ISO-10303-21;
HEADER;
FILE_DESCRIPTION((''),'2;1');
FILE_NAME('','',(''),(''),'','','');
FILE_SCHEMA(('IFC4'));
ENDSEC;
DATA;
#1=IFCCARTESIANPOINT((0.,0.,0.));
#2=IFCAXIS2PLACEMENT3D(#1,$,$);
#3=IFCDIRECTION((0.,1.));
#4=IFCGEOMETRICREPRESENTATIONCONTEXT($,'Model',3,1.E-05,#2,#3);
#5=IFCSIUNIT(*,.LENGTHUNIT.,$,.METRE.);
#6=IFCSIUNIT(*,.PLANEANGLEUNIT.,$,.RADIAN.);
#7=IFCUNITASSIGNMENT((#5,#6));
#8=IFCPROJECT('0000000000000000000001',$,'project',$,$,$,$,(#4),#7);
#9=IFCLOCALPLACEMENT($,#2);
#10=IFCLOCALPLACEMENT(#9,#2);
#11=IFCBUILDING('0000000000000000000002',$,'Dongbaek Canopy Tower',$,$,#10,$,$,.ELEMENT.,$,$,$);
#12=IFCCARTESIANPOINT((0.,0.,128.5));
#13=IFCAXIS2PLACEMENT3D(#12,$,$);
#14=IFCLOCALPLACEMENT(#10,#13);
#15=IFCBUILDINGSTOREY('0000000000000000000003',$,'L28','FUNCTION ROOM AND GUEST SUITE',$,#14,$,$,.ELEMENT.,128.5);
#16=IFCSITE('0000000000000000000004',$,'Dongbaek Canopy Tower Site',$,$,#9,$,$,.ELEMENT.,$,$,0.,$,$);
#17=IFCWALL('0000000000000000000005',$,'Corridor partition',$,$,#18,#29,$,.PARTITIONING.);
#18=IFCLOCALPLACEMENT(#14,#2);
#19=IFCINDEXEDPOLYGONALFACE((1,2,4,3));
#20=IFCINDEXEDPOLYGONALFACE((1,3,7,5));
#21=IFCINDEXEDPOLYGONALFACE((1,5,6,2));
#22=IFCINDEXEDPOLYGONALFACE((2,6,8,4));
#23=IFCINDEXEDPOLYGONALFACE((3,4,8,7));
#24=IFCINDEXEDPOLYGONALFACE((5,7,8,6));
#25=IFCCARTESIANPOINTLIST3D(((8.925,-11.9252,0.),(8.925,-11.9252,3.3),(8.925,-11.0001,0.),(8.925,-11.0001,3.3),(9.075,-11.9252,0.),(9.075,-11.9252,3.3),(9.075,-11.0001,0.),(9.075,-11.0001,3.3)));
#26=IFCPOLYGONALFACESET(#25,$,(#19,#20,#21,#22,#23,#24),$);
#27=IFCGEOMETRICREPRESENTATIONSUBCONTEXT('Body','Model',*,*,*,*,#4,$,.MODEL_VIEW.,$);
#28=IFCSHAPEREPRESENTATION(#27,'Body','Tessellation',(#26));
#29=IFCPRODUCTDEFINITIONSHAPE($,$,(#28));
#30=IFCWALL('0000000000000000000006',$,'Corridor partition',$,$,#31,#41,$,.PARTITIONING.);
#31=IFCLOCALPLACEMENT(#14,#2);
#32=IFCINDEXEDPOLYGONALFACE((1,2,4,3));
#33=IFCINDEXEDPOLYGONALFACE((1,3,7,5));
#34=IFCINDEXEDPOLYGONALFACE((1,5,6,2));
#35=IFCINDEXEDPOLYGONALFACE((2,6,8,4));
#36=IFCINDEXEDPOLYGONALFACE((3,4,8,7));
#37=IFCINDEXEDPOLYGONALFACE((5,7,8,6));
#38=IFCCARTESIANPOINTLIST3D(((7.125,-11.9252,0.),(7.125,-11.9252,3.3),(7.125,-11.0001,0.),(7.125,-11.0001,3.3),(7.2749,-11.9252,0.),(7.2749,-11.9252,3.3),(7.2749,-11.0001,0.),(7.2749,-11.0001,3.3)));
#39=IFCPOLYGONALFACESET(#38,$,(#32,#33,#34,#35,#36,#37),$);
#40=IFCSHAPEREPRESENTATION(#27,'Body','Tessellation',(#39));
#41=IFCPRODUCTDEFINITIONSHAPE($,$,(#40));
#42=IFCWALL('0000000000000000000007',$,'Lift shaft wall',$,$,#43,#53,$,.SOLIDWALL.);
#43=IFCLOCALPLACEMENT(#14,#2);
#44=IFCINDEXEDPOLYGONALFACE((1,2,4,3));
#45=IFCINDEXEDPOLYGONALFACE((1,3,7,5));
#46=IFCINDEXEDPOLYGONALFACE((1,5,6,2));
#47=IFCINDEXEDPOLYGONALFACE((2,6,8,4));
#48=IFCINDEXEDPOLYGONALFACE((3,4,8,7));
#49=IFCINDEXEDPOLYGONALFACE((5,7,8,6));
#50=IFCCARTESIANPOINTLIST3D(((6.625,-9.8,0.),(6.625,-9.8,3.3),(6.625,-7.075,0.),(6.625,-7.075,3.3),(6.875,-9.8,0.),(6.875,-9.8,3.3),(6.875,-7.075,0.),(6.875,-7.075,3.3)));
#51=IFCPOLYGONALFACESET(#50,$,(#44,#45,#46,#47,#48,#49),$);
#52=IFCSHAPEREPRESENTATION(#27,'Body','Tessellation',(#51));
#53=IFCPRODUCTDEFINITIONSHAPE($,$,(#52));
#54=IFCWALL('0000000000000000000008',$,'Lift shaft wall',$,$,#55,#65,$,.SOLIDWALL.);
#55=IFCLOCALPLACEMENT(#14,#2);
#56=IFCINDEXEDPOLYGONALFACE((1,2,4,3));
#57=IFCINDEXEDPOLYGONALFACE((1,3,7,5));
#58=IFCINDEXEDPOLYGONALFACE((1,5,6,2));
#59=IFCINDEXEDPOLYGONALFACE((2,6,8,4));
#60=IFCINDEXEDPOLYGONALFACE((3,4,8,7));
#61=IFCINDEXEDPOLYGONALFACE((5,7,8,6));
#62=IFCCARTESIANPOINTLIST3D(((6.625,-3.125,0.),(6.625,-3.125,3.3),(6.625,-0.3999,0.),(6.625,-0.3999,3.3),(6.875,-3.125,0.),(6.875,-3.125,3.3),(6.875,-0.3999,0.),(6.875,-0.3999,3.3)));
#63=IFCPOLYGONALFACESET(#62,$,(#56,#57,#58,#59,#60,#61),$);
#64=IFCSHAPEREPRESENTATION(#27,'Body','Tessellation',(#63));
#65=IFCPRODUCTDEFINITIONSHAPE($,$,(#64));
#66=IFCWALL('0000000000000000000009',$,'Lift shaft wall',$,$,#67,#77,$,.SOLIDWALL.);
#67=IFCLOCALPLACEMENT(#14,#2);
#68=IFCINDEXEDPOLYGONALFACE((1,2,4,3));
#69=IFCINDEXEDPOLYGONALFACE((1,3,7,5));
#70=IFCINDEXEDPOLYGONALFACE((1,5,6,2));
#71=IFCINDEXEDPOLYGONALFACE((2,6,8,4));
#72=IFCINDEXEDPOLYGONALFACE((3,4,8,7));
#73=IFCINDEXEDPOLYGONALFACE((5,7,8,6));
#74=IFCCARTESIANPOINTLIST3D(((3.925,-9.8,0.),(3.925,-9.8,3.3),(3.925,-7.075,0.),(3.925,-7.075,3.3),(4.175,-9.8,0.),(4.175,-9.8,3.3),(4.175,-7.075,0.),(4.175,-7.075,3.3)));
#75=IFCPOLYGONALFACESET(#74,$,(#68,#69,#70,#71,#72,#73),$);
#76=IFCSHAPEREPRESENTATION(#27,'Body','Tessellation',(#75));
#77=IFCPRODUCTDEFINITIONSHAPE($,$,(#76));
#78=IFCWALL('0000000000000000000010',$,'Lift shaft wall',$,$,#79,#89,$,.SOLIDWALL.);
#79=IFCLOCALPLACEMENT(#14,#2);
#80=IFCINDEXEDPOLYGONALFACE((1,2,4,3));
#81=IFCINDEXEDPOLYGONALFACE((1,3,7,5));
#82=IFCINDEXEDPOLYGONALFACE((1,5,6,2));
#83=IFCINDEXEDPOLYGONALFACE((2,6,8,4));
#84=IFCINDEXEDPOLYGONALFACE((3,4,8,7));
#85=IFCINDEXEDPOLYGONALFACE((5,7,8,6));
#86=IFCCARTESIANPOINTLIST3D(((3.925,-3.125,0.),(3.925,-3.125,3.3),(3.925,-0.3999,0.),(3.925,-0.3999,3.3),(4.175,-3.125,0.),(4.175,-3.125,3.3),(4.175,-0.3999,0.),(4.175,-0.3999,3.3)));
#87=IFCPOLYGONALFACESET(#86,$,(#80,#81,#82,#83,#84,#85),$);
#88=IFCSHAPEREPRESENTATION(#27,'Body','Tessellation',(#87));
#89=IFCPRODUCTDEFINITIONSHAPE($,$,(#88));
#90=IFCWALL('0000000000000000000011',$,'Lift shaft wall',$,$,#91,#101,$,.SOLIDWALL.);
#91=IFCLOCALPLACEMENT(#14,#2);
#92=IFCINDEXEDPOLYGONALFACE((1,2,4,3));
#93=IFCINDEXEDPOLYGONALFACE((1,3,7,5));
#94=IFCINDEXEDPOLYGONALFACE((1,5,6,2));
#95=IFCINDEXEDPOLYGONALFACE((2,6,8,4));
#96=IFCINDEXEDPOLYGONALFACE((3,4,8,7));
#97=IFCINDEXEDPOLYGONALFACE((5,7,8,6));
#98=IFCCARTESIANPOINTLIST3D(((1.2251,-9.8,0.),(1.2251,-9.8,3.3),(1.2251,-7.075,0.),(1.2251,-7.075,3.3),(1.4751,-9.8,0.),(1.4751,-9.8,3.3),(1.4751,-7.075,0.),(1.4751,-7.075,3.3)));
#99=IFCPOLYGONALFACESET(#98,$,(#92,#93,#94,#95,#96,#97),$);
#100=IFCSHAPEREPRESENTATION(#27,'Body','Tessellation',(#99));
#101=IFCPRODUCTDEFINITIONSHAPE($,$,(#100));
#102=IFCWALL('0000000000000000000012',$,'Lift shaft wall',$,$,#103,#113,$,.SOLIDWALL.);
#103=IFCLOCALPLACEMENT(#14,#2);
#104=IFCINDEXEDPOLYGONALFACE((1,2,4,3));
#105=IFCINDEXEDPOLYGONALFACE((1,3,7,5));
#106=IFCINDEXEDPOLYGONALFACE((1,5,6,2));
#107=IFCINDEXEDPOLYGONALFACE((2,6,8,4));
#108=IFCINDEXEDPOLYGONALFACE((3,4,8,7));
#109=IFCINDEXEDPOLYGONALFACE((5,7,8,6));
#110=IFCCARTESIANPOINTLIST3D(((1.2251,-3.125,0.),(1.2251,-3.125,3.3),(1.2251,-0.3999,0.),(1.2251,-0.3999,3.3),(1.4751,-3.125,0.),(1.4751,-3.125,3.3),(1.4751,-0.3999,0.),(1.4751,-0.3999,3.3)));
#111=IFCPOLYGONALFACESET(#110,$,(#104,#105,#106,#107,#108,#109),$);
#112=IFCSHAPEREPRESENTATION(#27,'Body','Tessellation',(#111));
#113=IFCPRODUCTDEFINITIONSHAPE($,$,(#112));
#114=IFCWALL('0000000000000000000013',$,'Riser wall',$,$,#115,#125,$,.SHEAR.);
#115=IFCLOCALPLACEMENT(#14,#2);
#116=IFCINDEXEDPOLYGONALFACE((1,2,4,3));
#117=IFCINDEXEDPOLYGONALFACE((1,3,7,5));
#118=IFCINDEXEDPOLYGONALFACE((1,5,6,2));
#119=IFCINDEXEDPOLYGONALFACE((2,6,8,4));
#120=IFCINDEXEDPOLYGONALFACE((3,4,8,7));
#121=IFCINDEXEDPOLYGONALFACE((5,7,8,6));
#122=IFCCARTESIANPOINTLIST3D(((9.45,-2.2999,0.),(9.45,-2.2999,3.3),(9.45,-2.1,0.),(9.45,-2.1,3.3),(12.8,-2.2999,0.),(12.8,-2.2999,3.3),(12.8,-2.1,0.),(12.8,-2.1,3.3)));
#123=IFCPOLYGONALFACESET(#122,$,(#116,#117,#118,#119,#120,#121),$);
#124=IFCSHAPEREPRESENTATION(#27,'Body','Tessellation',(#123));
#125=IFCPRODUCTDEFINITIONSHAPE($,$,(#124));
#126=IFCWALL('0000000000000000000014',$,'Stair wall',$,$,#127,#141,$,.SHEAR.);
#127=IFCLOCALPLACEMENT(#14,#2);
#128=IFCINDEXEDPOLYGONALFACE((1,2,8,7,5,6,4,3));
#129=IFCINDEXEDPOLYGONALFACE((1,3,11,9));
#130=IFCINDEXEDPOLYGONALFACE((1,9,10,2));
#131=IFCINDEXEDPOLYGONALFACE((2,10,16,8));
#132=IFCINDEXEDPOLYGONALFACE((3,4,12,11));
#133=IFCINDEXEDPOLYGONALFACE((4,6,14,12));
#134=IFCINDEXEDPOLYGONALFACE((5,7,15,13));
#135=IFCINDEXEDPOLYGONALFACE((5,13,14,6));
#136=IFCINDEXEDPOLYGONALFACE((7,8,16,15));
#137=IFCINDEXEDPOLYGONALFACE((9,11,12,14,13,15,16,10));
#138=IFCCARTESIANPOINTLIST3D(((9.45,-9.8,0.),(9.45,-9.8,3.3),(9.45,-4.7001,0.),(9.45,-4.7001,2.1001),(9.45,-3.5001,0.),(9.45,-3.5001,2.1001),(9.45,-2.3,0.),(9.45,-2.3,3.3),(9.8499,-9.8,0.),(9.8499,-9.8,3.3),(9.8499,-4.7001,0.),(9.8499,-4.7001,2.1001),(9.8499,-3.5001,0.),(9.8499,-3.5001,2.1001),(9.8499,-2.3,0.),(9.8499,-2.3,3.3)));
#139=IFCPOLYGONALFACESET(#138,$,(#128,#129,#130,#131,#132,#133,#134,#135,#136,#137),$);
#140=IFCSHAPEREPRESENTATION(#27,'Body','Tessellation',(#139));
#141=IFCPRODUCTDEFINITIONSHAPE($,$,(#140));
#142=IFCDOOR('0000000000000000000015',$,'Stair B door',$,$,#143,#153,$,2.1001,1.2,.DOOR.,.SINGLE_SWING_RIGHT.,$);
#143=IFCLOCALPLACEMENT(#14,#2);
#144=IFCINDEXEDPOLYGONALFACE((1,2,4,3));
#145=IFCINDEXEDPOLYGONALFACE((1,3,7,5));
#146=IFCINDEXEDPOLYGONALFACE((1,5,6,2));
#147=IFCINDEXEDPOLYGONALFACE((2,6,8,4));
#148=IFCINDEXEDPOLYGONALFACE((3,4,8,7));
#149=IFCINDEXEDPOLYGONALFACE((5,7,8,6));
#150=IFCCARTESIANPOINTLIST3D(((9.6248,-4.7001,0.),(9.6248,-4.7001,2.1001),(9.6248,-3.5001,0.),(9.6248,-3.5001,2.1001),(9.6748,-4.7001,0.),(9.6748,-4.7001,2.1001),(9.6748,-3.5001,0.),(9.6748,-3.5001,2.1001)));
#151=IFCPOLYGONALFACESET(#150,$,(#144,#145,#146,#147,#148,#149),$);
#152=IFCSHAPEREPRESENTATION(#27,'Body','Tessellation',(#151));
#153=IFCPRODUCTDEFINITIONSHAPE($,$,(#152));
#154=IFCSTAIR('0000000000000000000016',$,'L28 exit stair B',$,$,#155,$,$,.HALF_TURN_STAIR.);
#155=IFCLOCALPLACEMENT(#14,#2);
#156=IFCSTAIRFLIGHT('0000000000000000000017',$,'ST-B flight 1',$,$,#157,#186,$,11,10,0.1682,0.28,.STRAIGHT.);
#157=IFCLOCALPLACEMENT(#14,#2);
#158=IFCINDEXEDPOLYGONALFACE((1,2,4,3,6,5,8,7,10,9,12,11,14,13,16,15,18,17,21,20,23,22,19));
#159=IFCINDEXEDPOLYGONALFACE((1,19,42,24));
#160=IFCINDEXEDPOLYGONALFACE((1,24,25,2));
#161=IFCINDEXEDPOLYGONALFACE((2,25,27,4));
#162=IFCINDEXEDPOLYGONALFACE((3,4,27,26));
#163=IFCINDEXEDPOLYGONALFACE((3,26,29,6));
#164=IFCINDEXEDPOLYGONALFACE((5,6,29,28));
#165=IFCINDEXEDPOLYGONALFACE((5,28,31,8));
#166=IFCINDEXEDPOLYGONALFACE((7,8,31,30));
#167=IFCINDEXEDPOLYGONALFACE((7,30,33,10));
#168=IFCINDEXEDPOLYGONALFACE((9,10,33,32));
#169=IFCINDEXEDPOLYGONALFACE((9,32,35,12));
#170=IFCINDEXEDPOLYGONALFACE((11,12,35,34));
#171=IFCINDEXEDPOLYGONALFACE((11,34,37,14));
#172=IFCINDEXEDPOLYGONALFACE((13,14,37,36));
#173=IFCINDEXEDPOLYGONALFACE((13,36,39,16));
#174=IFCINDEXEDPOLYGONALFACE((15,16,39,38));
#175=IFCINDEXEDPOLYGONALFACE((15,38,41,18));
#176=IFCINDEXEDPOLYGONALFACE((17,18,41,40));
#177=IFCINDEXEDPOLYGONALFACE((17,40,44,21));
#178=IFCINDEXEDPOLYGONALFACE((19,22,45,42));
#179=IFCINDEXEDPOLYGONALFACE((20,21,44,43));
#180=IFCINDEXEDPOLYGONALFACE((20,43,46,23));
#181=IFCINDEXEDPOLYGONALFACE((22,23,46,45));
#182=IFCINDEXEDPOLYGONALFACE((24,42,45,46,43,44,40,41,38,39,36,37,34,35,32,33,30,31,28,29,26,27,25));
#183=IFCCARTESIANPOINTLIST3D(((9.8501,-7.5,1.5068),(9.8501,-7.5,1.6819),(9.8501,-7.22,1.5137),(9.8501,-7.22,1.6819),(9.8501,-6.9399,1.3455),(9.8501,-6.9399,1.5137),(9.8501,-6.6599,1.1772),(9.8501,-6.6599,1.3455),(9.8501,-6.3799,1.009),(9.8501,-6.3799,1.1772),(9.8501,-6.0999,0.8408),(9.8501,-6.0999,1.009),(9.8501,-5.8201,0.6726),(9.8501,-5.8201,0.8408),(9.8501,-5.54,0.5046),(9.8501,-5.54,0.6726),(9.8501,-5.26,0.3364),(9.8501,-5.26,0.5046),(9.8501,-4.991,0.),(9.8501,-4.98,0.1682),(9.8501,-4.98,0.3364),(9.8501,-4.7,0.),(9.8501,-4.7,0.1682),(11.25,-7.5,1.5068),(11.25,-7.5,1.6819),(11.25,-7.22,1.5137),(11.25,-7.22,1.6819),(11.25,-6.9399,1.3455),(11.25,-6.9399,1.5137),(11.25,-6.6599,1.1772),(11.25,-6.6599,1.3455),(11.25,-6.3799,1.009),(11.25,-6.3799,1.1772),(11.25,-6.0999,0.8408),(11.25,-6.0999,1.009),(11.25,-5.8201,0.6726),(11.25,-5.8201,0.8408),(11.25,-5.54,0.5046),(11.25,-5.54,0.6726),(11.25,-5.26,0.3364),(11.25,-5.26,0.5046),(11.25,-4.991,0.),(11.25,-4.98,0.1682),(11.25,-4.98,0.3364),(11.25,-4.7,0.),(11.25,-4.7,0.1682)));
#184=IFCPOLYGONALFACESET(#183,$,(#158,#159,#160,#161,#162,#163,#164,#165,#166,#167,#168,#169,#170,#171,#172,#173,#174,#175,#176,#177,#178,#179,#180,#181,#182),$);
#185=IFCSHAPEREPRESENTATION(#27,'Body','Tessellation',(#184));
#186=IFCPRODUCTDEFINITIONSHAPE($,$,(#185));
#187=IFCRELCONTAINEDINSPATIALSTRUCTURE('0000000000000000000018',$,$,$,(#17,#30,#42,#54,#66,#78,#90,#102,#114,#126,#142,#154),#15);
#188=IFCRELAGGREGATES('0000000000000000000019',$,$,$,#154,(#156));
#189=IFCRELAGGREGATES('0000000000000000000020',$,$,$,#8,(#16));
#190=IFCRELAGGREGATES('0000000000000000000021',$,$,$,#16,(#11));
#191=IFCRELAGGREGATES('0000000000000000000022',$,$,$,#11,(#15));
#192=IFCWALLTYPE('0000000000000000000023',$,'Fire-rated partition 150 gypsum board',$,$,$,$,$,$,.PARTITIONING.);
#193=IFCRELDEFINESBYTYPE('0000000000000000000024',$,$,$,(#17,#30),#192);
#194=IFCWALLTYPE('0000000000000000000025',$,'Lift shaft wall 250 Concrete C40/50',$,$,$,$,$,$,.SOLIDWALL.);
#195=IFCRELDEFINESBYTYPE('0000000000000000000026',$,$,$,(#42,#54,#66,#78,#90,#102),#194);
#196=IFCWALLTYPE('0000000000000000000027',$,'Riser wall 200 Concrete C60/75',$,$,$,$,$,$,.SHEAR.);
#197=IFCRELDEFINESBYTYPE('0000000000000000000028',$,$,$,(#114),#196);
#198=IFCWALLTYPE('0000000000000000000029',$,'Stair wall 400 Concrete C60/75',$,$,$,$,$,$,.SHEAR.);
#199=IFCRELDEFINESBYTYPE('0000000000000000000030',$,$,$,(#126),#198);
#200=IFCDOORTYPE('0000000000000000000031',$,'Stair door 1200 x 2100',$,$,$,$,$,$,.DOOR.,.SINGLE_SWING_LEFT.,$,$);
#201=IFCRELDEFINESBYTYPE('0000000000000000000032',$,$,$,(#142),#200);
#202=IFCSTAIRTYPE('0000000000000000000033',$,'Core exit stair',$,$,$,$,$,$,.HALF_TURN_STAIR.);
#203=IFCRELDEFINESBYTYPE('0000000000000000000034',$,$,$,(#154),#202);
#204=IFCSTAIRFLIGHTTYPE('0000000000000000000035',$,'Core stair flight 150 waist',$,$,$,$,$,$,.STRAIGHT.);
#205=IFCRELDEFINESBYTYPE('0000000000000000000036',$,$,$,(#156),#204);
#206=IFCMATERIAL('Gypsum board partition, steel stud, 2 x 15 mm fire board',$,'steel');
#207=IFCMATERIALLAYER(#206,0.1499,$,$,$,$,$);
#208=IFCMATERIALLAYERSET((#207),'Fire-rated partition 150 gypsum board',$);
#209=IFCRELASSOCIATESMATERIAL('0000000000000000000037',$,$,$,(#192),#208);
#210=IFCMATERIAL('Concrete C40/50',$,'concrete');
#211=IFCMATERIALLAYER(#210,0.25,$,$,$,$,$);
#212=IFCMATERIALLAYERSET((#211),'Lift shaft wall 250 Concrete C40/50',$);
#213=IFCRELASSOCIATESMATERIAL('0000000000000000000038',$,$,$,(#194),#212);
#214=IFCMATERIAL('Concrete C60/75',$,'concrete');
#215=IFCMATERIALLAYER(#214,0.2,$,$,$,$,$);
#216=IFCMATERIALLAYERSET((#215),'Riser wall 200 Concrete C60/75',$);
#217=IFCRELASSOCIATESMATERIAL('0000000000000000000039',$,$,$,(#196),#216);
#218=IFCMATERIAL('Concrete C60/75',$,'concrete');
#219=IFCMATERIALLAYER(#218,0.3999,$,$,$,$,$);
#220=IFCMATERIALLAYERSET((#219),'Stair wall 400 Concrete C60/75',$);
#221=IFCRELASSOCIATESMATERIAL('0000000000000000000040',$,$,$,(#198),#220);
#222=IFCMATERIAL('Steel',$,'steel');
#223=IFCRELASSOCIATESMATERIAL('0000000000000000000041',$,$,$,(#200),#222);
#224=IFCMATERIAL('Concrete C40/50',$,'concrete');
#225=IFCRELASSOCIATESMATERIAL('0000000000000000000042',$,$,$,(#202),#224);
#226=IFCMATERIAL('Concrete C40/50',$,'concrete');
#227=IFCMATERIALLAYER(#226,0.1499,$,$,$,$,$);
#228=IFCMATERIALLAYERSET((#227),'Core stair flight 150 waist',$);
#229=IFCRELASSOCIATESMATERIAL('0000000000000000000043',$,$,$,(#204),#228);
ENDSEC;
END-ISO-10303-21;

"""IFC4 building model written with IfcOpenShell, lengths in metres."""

from ifc_helpers import new_model, si_unit, direction, frame, frame_2d, origin, place, context, subcontext, project, spatial, polyline, rectangle, outline, extrude, material, layer, layer_set, type_object, element, fill, aggregate, save


model = new_model("IFC4")

# Units and contexts
model_context = context("Model", 3, precision=1e-05, world=origin(), true_north=direction((0.0, 1.0)))
body_context = subcontext(model_context, "Body", "Model", "MODEL_VIEW")
ifc_project = project(units=[si_unit("LENGTHUNIT", "METRE"), si_unit("PLANEANGLEUNIT", "RADIAN")], contexts=[model_context])

# Site, building, storey
site_placement = place(None, origin())
site = spatial("IfcSite", under=ifc_project, at=site_placement, Name="Dongbaek Canopy Tower Site", CompositionType="ELEMENT", RefElevation=0.0)
building_placement = place(site_placement, origin())
building = spatial("IfcBuilding", under=site, at=building_placement, Name="Dongbaek Canopy Tower", CompositionType="ELEMENT")
storey_placement = place(building_placement, frame((0.0, 0.0, 128.5)))
storey = spatial("IfcBuildingStorey", under=building, at=storey_placement, Name="L28", Description="FUNCTION ROOM AND GUEST SUITE", CompositionType="ELEMENT", Elevation=128.5)

# Walls
ifc_material_1 = material(Name="Gypsum board partition, steel stud, 2 x 15 mm fire board", Category="steel")
ifc_layer_1 = layer(ifc_material_1, 0.1499)
ifc_layer_set_1 = layer_set([ifc_layer_1], Name="Fire-rated partition 150 gypsum board")
wall_type_1 = type_object("IfcWallType", Name="Fire-rated partition 150 gypsum board", PredefinedType="PARTITIONING", material=ifc_layer_set_1)
for number, where, z_axis, x_axis, name in (
    (1, (9.0, -11.925, 0.0), (0.0, 0.0, 1.0), (0.0, 1.0, 0.0), "Corridor partition"),
    (2, (7.2, -11.925, 0.0), (0.0, 0.0, 1.0), (0.0, 1.0, 0.0), "Corridor partition"),
):
    element("IfcWall", number, at=place(storey_placement, frame(where, z_axis=z_axis, x_axis=x_axis)), inside=storey, type_object=wall_type_1, Name=name, PredefinedType="PARTITIONING", context=body_context, shape_type="SweptSolid", body=[
        extrude(rectangle(XDim=0.925, YDim=0.1499, at=frame_2d((0.4624, 0.0))), origin(), (0.0, 0.0, 1.0), 3.3),
    ])
ifc_material_2 = material(Name="Concrete C40/50", Category="concrete")
ifc_layer_2 = layer(ifc_material_2, 0.25)
ifc_layer_set_2 = layer_set([ifc_layer_2], Name="Lift shaft wall 250 Concrete C40/50")
wall_type_2 = type_object("IfcWallType", Name="Lift shaft wall 250 Concrete C40/50", PredefinedType="SOLIDWALL", material=ifc_layer_set_2)
for number, where, z_axis, x_axis, name in (
    (3, (6.75, -9.8, 0.0), (0.0, 0.0, 1.0), (0.0, 1.0, 0.0), "Lift shaft wall"),
    (4, (6.75, -3.125, 0.0), (0.0, 0.0, 1.0), (0.0, 1.0, 0.0), "Lift shaft wall"),
    (5, (4.05, -9.8, 0.0), (0.0, 0.0, 1.0), (0.0, 1.0, 0.0), "Lift shaft wall"),
    (6, (4.05, -3.125, 0.0), (0.0, 0.0, 1.0), (0.0, 1.0, 0.0), "Lift shaft wall"),
    (7, (1.3501, -9.8, 0.0), (0.0, 0.0, 1.0), (0.0, 1.0, 0.0), "Lift shaft wall"),
    (8, (1.3501, -3.125, 0.0), (0.0, 0.0, 1.0), (0.0, 1.0, 0.0), "Lift shaft wall"),
):
    element("IfcWall", number, at=place(storey_placement, frame(where, z_axis=z_axis, x_axis=x_axis)), inside=storey, type_object=wall_type_2, Name=name, PredefinedType="SOLIDWALL", context=body_context, shape_type="SweptSolid", body=[
        extrude(rectangle(XDim=2.7251, YDim=0.25, at=frame_2d((1.3625, 0.0))), origin(), (0.0, 0.0, 1.0), 3.3),
    ])
ifc_material_3 = material(Name="Concrete C60/75", Category="concrete")
ifc_layer_3 = layer(ifc_material_3, 0.2)
ifc_layer_set_3 = layer_set([ifc_layer_3], Name="Riser wall 200 Concrete C60/75")
wall_type_3 = type_object("IfcWallType", Name="Riser wall 200 Concrete C60/75", PredefinedType="SHEAR", material=ifc_layer_set_3)
wall_1_placement = place(storey_placement, frame((9.45, -2.2, 0.0), z_axis=(0.0, 0.0, 1.0), x_axis=(1.0, 0.0, 0.0)))
element("IfcWall", 9, at=wall_1_placement, inside=storey, type_object=wall_type_3, Name="Riser wall", PredefinedType="SHEAR", context=body_context, shape_type="SweptSolid", body=[
    extrude(rectangle(XDim=3.3501, YDim=0.2, at=frame_2d((1.675, 0.0))), origin(), (0.0, 0.0, 1.0), 3.3),
])

# Wall, opening, door
ifc_material_4 = material(Name="Concrete C60/75", Category="concrete")
ifc_layer_4 = layer(ifc_material_4, 0.3999)
ifc_layer_set_4 = layer_set([ifc_layer_4], Name="Stair wall 400 Concrete C60/75")
wall_type_4 = type_object("IfcWallType", Name="Stair wall 400 Concrete C60/75", PredefinedType="SHEAR", material=ifc_layer_set_4)
wall_2_placement = place(storey_placement, frame((9.6499, -2.3, 0.0), z_axis=(0.0, 0.0, 1.0), x_axis=(0.0, -1.0, 0.0)))
wall_2 = element("IfcWall", 10, at=wall_2_placement, inside=storey, type_object=wall_type_4, Name="Stair wall", PredefinedType="SHEAR", context=body_context, shape_type="SweptSolid", body=[
    extrude(rectangle(XDim=7.5, YDim=0.3999, at=frame_2d((3.75, 0.0))), origin(), (0.0, 0.0, 1.0), 3.3),
])
opening_1_placement = place(wall_2_placement, frame((1.2, 0.0, 0.0)))
opening_1 = element("IfcOpeningElement", 11, at=opening_1_placement, cuts=wall_2, PredefinedType="OPENING", context=body_context, shape_type="SweptSolid", body=[
    extrude(rectangle(XDim=1.2, YDim=2.1001, at=frame_2d((0.6001, 1.05))), frame((0.0, 0.21, 0.0), z_axis=(0.0, -1.0, 0.0), x_axis=(1.0, 0.0, 0.0)), (0.0, 0.0, 1.0), 0.4199),
])
ifc_material_5 = material(Name="Steel", Category="steel")
door_type_1 = type_object("IfcDoorType", Name="Stair door 1200 x 2100", OperationType="SINGLE_SWING_LEFT", PredefinedType="DOOR", material=ifc_material_5)
door_1_placement = place(opening_1_placement, origin())
door_1 = element("IfcDoor", 12, at=door_1_placement, inside=storey, type_object=door_type_1, Name="Stair B door", OperationType="SINGLE_SWING_RIGHT", OverallHeight=2.1001, OverallWidth=1.2, PredefinedType="DOOR", context=body_context, shape_type="SweptSolid", body=[
    extrude(rectangle(XDim=1.2, YDim=2.1001, at=frame_2d((0.6001, 1.05))), frame((0.0, 0.0249, 0.0), z_axis=(0.0, -1.0, 0.0), x_axis=(1.0, 0.0, 0.0)), (0.0, 0.0, 1.0), 0.05),
])
fill(opening_1, door_1)

# Stair, stair flight
ifc_material_6 = material(Name="Concrete C40/50", Category="concrete")
stair_type = type_object("IfcStairType", Name="Core exit stair", PredefinedType="HALF_TURN_STAIR", material=ifc_material_6)
stair_placement = place(storey_placement, origin())
stair = element("IfcStair", 13, at=stair_placement, inside=storey, type_object=stair_type, Name="L28 exit stair B", PredefinedType="HALF_TURN_STAIR")
ifc_material_7 = material(Name="Concrete C40/50", Category="concrete")
ifc_layer_5 = layer(ifc_material_7, 0.1499)
ifc_layer_set_5 = layer_set([ifc_layer_5], Name="Core stair flight 150 waist")
stair_flight_type = type_object("IfcStairFlightType", Name="Core stair flight 150 waist", PredefinedType="STRAIGHT", material=ifc_layer_set_5)
stair_flight_1_placement = place(storey_placement, frame((10.55, -4.7, 0.0), z_axis=(0.0, 0.0, 1.0), x_axis=(0.0, -1.0, 0.0)))
stair_flight_1 = element("IfcStairFlight", 14, at=stair_flight_1_placement, type_object=stair_flight_type, Name="ST-B flight 1", NumberOfRisers=11, NumberOfTreads=10, PredefinedType="STRAIGHT", RiserHeight=0.1682, TreadLength=0.28, context=body_context, shape_type="SweptSolid", body=[
    extrude(outline(polyline([(0.0, 0.0), (0.0, 0.1682), (0.28, 0.1682), (0.28, 0.3364), (0.5601, 0.3364), (0.5601, 0.5046), (0.8401, 0.5046), (0.8401, 0.6726), (1.1201, 0.6726), (1.1201, 0.8408), (1.3999, 0.8408), (1.3999, 1.009), (1.6799, 1.009), (1.6799, 1.1772), (1.96, 1.1772), (1.96, 1.3455), (2.24, 1.3455), (2.24, 1.5137), (2.52, 1.5137), (2.52, 1.6819), (2.8, 1.6819), (2.8, 1.8501), (2.8, 1.5068), (0.291, 0.0), (0.0, 0.0)])), frame((0.0, 0.7, 0.0), z_axis=(0.0, -1.0, 0.0), x_axis=(1.0, 0.0, 0.0)), (0.0, 0.0, 1.0), 1.3999),
])
aggregate(stair, [stair_flight_1])

save(model, "model.ifc")
